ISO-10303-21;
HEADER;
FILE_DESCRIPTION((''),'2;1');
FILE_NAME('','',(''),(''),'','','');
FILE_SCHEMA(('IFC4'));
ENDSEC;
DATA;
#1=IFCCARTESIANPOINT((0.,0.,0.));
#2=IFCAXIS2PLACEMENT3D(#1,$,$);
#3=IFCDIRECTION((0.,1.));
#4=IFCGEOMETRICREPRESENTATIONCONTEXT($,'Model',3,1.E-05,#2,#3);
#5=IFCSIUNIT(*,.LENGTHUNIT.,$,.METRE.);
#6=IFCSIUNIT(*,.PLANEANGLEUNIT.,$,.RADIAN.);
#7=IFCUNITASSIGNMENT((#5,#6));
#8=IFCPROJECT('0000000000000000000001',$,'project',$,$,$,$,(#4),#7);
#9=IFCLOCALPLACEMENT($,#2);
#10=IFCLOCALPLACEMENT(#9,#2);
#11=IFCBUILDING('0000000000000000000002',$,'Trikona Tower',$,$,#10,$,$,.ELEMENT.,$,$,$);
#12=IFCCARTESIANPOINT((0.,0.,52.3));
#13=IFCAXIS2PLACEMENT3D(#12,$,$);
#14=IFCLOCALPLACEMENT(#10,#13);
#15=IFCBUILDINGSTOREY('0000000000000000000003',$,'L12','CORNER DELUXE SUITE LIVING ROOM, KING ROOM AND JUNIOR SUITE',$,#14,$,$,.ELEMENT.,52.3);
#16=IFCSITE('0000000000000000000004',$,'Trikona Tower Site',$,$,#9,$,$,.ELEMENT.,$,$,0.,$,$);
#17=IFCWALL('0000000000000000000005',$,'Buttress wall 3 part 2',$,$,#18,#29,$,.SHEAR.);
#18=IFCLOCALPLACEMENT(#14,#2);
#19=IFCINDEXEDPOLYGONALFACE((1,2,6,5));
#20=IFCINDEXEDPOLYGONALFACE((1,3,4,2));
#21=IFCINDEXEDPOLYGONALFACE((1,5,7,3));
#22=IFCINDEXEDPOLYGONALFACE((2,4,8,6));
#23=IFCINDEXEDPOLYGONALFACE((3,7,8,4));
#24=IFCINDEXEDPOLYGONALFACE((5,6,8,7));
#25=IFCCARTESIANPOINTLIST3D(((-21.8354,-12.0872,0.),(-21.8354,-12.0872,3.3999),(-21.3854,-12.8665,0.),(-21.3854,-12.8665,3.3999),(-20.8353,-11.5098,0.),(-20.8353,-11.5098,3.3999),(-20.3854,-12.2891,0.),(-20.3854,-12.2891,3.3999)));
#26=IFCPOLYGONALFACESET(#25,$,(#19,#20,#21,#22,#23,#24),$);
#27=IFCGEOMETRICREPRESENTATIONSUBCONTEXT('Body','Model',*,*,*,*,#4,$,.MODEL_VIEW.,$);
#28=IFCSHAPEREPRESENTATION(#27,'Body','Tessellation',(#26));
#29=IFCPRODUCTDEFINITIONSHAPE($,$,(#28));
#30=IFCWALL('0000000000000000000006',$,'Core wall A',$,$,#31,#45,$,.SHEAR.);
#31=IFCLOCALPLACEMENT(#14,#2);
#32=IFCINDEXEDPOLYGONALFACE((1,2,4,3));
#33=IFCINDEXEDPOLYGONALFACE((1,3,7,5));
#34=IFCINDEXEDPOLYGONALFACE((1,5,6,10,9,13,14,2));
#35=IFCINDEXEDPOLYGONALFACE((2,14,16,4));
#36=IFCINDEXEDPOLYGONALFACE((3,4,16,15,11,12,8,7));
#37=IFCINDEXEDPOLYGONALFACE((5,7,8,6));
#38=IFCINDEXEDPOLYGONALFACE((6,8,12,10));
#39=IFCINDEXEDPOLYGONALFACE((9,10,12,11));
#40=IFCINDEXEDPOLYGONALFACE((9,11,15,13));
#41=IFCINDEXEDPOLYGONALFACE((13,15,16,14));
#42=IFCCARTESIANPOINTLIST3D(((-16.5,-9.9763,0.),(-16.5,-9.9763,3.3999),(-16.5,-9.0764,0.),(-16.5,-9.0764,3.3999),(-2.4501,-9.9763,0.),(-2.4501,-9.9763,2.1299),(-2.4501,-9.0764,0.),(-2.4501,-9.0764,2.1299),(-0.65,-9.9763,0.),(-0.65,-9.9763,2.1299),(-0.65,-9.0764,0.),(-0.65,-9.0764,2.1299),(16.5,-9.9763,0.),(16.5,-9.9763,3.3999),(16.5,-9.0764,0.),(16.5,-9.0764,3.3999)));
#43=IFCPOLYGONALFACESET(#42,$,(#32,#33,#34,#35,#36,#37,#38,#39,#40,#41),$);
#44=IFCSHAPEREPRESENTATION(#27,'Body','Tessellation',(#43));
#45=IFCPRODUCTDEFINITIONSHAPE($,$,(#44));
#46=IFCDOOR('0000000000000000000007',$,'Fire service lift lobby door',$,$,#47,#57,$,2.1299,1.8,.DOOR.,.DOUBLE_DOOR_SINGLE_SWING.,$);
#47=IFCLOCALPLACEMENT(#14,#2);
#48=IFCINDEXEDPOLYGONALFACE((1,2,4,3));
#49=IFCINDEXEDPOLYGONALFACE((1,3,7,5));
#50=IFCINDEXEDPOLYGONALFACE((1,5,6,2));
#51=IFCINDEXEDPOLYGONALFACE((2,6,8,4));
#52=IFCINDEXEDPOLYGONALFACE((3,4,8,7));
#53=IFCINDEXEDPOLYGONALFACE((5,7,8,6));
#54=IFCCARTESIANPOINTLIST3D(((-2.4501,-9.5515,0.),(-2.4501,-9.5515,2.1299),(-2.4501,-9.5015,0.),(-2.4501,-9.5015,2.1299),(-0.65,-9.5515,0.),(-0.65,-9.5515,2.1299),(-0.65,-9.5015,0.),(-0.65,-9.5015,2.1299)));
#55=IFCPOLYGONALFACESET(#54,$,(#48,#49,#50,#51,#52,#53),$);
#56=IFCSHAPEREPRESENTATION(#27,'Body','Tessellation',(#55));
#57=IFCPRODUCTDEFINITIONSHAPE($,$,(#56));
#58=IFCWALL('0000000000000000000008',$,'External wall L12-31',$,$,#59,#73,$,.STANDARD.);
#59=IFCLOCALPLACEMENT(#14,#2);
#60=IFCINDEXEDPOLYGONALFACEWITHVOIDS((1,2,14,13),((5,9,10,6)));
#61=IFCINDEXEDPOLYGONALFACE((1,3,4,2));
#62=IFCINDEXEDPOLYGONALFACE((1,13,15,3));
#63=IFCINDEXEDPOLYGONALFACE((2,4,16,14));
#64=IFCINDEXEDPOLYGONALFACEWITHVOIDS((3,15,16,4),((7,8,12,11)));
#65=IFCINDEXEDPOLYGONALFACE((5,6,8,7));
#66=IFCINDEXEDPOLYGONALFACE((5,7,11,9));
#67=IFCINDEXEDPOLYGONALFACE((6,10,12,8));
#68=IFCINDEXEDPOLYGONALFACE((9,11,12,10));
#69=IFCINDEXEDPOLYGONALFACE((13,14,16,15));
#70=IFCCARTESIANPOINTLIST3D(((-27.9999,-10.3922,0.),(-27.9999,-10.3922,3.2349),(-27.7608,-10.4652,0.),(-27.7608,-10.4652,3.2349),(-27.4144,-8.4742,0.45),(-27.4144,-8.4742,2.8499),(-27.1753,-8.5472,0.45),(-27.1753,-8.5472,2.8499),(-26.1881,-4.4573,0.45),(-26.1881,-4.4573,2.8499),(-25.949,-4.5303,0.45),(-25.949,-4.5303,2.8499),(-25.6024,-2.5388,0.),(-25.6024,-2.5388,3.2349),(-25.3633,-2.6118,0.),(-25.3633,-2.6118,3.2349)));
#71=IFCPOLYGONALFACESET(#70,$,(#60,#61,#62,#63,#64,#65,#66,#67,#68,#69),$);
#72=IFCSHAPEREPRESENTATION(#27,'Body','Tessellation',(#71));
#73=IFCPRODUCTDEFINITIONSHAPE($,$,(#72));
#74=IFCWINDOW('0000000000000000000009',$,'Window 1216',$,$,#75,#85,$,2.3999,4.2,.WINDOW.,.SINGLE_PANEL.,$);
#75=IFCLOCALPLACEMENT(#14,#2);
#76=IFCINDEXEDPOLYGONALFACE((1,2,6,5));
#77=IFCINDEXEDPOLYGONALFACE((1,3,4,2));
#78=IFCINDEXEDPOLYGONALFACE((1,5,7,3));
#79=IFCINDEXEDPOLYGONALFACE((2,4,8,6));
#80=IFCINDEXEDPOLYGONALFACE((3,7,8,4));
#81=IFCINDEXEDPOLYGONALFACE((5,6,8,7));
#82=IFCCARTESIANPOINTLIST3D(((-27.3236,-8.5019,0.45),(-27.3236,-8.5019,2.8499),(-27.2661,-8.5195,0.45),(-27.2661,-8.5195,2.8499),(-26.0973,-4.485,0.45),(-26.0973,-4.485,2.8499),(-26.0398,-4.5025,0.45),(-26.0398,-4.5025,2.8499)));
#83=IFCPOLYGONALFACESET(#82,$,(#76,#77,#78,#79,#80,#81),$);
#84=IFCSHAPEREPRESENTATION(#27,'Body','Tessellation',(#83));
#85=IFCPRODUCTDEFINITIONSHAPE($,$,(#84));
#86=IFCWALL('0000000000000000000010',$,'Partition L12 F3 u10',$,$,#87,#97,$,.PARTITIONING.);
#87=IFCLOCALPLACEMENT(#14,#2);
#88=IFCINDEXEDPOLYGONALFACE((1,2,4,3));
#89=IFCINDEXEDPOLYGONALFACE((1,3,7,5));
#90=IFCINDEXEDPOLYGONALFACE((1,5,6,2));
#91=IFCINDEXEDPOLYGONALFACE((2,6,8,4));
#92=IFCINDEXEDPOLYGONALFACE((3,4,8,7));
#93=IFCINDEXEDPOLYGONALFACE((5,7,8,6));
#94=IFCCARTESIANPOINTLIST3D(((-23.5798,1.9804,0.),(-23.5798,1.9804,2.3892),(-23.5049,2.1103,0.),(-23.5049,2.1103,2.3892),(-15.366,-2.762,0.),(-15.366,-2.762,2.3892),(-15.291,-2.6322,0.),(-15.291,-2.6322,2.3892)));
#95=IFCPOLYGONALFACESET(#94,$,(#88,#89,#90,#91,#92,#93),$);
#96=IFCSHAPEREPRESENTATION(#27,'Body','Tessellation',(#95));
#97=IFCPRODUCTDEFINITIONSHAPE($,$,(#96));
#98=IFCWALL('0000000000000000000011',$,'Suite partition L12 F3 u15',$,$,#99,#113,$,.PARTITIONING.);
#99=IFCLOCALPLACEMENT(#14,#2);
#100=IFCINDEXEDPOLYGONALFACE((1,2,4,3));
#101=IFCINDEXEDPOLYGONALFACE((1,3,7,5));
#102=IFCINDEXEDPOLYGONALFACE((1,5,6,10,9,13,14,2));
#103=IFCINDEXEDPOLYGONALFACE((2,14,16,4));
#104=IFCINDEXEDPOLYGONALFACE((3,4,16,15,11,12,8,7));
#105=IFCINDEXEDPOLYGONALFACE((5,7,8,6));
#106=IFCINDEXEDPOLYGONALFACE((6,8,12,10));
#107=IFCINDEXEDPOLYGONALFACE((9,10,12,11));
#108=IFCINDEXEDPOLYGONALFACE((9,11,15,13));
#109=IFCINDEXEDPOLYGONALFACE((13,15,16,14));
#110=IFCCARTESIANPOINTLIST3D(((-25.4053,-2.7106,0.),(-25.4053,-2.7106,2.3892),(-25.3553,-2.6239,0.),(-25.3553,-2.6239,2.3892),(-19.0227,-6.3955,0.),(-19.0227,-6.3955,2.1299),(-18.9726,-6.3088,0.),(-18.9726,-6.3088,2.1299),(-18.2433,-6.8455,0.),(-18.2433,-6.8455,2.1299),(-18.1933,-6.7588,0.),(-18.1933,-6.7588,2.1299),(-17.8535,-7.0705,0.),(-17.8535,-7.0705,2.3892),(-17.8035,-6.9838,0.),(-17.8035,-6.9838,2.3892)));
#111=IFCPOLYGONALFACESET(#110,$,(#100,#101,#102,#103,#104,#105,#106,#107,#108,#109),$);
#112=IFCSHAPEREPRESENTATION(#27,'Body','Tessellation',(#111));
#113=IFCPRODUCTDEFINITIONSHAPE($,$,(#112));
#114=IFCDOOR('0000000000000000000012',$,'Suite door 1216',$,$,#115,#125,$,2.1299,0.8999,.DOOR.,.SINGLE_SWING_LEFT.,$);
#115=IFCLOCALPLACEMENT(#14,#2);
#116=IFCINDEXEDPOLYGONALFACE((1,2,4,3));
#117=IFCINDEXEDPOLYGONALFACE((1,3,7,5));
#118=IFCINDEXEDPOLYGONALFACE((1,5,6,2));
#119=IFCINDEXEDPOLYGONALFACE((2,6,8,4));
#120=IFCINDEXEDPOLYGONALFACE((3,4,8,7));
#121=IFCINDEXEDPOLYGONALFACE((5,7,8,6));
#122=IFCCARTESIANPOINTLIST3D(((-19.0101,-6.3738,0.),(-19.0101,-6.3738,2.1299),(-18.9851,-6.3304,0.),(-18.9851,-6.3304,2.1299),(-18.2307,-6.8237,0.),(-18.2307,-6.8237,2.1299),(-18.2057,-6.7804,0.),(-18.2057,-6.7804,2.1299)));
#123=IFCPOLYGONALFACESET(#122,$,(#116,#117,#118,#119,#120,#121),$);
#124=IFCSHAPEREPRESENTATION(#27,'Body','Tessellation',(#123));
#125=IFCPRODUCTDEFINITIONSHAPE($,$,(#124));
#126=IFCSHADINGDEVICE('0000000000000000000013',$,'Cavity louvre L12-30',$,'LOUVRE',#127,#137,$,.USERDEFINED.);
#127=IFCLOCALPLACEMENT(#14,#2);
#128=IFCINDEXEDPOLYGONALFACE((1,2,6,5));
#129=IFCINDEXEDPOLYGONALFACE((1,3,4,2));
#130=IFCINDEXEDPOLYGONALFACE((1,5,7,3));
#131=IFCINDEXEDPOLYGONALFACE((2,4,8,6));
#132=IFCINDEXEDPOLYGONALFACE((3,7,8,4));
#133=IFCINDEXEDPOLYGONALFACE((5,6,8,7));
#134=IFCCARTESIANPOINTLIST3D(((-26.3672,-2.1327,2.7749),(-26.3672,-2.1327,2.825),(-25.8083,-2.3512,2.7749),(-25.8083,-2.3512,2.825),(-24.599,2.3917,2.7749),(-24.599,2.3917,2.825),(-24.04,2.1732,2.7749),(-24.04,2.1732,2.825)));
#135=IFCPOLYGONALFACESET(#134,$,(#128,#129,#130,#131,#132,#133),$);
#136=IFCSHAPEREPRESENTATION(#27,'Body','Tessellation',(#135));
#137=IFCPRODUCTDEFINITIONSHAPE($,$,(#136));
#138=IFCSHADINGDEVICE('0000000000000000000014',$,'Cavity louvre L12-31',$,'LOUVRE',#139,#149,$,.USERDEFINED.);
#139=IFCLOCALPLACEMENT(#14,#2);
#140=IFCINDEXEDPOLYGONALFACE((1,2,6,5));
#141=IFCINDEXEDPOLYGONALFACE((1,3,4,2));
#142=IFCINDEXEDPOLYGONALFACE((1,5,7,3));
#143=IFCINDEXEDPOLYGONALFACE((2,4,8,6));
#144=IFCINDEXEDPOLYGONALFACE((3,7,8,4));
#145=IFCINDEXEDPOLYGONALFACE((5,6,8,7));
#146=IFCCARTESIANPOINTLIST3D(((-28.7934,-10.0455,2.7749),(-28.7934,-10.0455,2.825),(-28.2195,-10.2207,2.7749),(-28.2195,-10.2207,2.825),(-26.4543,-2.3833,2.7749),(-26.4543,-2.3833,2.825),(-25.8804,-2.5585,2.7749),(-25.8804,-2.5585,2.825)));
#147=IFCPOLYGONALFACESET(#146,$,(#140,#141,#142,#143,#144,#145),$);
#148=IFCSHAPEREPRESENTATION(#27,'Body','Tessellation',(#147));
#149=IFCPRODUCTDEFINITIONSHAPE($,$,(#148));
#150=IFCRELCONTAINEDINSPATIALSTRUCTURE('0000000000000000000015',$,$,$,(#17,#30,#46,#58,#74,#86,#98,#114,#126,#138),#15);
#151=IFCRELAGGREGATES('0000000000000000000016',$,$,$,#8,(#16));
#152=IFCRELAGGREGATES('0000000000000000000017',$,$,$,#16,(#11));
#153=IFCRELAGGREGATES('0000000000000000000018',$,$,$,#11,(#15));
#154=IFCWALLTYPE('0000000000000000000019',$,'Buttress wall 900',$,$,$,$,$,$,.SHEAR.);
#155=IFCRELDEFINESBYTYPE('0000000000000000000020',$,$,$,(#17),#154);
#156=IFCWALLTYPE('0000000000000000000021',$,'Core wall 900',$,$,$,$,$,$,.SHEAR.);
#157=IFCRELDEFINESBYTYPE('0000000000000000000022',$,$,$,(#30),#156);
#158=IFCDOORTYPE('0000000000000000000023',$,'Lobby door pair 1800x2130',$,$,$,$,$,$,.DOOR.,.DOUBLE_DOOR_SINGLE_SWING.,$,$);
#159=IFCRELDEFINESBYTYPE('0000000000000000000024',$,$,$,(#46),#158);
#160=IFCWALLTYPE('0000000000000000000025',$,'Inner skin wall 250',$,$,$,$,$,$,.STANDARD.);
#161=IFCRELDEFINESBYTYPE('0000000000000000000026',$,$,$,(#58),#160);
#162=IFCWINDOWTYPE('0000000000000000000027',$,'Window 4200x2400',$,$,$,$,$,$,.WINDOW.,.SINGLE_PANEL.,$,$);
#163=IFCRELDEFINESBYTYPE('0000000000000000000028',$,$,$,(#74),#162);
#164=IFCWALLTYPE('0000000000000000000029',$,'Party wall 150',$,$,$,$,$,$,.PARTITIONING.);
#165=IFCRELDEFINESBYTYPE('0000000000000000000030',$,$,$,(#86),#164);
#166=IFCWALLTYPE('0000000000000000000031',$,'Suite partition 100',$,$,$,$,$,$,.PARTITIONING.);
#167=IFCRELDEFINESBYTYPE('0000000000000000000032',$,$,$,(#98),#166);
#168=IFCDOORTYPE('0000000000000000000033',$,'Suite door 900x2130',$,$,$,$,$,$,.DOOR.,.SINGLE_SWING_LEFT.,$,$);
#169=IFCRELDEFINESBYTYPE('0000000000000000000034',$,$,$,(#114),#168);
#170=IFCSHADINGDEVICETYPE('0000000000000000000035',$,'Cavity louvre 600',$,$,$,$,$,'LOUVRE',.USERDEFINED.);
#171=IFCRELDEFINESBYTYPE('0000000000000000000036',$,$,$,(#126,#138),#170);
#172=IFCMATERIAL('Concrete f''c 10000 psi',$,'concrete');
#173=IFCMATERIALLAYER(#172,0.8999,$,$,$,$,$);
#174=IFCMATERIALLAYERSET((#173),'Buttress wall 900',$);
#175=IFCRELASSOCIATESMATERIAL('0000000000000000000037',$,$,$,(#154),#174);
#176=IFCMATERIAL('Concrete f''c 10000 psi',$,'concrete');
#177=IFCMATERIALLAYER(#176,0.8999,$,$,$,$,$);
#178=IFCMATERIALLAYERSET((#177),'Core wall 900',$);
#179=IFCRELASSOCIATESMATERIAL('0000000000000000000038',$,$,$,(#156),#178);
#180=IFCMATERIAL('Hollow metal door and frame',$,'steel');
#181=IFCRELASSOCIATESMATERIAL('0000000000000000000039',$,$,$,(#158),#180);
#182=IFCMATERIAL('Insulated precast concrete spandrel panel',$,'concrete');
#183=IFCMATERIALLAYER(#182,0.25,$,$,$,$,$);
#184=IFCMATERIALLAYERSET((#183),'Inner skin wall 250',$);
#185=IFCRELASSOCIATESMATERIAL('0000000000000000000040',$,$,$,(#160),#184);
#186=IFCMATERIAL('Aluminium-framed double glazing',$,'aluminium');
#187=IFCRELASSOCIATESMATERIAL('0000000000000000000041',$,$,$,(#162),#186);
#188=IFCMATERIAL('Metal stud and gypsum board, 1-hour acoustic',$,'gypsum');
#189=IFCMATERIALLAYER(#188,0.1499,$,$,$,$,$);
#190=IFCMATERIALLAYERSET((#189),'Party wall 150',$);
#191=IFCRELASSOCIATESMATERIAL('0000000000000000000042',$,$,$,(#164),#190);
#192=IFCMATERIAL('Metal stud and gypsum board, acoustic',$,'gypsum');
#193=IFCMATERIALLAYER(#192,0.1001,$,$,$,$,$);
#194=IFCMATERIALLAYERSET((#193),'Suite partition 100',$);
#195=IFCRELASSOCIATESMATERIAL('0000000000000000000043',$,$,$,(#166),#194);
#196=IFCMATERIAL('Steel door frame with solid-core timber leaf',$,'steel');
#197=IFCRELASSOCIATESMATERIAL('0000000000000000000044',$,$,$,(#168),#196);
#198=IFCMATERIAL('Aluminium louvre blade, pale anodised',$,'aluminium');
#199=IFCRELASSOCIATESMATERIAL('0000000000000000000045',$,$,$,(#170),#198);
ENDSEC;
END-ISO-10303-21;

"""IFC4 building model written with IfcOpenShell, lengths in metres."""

from ifc_helpers import new_model, si_unit, direction, frame, frame_2d, origin, origin_2d, place, context, subcontext, project, spatial, rectangle, extrude, material, layer, layer_set, type_object, element, fill, save


model = new_model("IFC4")

# Units and contexts
model_context = context("Model", 3, precision=1e-05, world=origin(), true_north=direction((0.0, 1.0)))
body_context = subcontext(model_context, "Body", "Model", "MODEL_VIEW")
ifc_project = project(units=[si_unit("LENGTHUNIT", "METRE"), si_unit("PLANEANGLEUNIT", "RADIAN")], contexts=[model_context])

# Site, building, storey
site_placement = place(None, origin())
site = spatial("IfcSite", under=ifc_project, at=site_placement, Name="Trikona Tower Site", CompositionType="ELEMENT", RefElevation=0.0)
building_placement = place(site_placement, origin())
building = spatial("IfcBuilding", under=site, at=building_placement, Name="Trikona Tower", CompositionType="ELEMENT")
storey_placement = place(building_placement, frame((0.0, 0.0, 52.3)))
storey = spatial("IfcBuildingStorey", under=building, at=storey_placement, Name="L12", Description="CORNER DELUXE SUITE LIVING ROOM, KING ROOM AND JUNIOR SUITE", CompositionType="ELEMENT", Elevation=52.3)

# Shared definitions
ifc_material_1 = material(Name="Concrete f'c 10000 psi", Category="concrete")
ifc_layer_1 = layer(ifc_material_1, 0.8999)
ifc_layer_set_1 = layer_set([ifc_layer_1], Name="Buttress wall 900")
wall_type_1 = type_object("IfcWallType", Name="Buttress wall 900", PredefinedType="SHEAR", material=ifc_layer_set_1)

# Wall
wall_1_placement = place(storey_placement, frame((-20.6104, -11.8994, 0.0), z_axis=(0.0, 0.0, 1.0), x_axis=(-0.86601, -0.500027, 0.0)))
element("IfcWall", 1, at=wall_1_placement, inside=storey, type_object=wall_type_1, Name="Buttress wall 3 part 2", PredefinedType="SHEAR", context=body_context, shape_type="SweptSolid", body=[
    extrude(rectangle(XDim=1.1548, YDim=0.8999, at=frame_2d((0.5774, 0.0))), origin(), (0.0, 0.0, 1.0), 3.3999),
])

# Wall, opening, door
ifc_material_2 = material(Name="Concrete f'c 10000 psi", Category="concrete")
ifc_layer_2 = layer(ifc_material_2, 0.8999)
ifc_layer_set_2 = layer_set([ifc_layer_2], Name="Core wall 900")
wall_type_2 = type_object("IfcWallType", Name="Core wall 900", PredefinedType="SHEAR", material=ifc_layer_set_2)
wall_2_placement = place(storey_placement, frame((-16.5, -9.5264, 0.0), z_axis=(0.0, 0.0, 1.0), x_axis=(1.0, 0.0, 0.0)))
wall_2 = element("IfcWall", 2, at=wall_2_placement, inside=storey, type_object=wall_type_2, Name="Core wall A", PredefinedType="SHEAR", context=body_context, shape_type="SweptSolid", body=[
    extrude(rectangle(XDim=33.0, YDim=0.8999, at=frame_2d((16.5, 0.0))), origin(), (0.0, 0.0, 1.0), 3.3999),
])
opening_1_placement = place(wall_2_placement, frame((14.05, 0.0, 0.0)))
opening_1 = element("IfcOpeningElement", 3, at=opening_1_placement, cuts=wall_2, PredefinedType="OPENING", context=body_context, shape_type="SweptSolid", body=[
    extrude(rectangle(XDim=1.8, YDim=2.1299, at=frame_2d((0.8999, 1.0649))), frame((0.0, 0.46, 0.0), z_axis=(0.0, -1.0, 0.0), x_axis=(1.0, 0.0, 0.0)), (0.0, 0.0, 1.0), 0.9199),
])
ifc_material_3 = material(Name="Hollow metal door and frame", Category="steel")
door_type_1 = type_object("IfcDoorType", Name="Lobby door pair 1800x2130", OperationType="DOUBLE_DOOR_SINGLE_SWING", PredefinedType="DOOR", material=ifc_material_3)
door_1_placement = place(opening_1_placement, origin())
door_1 = element("IfcDoor", 4, at=door_1_placement, inside=storey, type_object=door_type_1, Name="Fire service lift lobby door", OperationType="DOUBLE_DOOR_SINGLE_SWING", OverallHeight=2.1299, OverallWidth=1.8, PredefinedType="DOOR", context=body_context, shape_type="SweptSolid", body=[
    extrude(rectangle(XDim=1.8, YDim=2.1299, at=frame_2d((0.8999, 1.0649))), frame((0.0, 0.0249, 0.0), z_axis=(0.0, -1.0, 0.0), x_axis=(1.0, 0.0, 0.0)), (0.0, 0.0, 1.0), 0.05),
])
fill(opening_1, door_1)

# Wall, opening, window
ifc_material_4 = material(Name="Insulated precast concrete spandrel panel", Category="concrete")
ifc_layer_3 = layer(ifc_material_4, 0.25)
ifc_layer_set_3 = layer_set([ifc_layer_3], Name="Inner skin wall 250")
wall_type_3 = type_object("IfcWallType", Name="Inner skin wall 250", PredefinedType="STANDARD", material=ifc_layer_set_3)
wall_3_placement = place(storey_placement, frame((-25.4829, -2.5754, 0.0), z_axis=(0.0, 0.0, 1.0), x_axis=(-0.291979, -0.956425, 0.0)))
wall_3 = element("IfcWall", 5, at=wall_3_placement, inside=storey, type_object=wall_type_3, Name="External wall L12-31", PredefinedType="STANDARD", context=body_context, shape_type="SweptSolid", body=[
    extrude(rectangle(XDim=8.2112, YDim=0.25, at=frame_2d((4.1055, 0.0))), origin(), (0.0, 0.0, 1.0), 3.2349),
])
opening_2_placement = place(wall_3_placement, frame((2.0056, 0.0, 0.45)))
opening_2 = element("IfcOpeningElement", 6, at=opening_2_placement, cuts=wall_3, PredefinedType="OPENING", context=body_context, shape_type="SweptSolid", body=[
    extrude(rectangle(XDim=4.2, YDim=2.3999, at=frame_2d((2.1001, 1.2))), frame((0.0, 0.135, 0.0), z_axis=(0.0, -1.0, 0.0), x_axis=(1.0, 0.0, 0.0)), (0.0, 0.0, 1.0), 0.27),
])
ifc_material_5 = material(Name="Aluminium-framed double glazing", Category="aluminium")
window_type_1 = type_object("IfcWindowType", Name="Window 4200x2400", PartitioningType="SINGLE_PANEL", PredefinedType="WINDOW", material=ifc_material_5)
window_1_placement = place(opening_2_placement, origin())
window_1 = element("IfcWindow", 7, at=window_1_placement, inside=storey, type_object=window_type_1, Name="Window 1216", OverallHeight=2.3999, OverallWidth=4.2, PartitioningType="SINGLE_PANEL", PredefinedType="WINDOW", context=body_context, shape_type="SweptSolid", body=[
    extrude(rectangle(XDim=4.2, YDim=2.3999, at=frame_2d((2.1001, 1.2))), frame((0.0, 0.03, 0.0), z_axis=(0.0, -1.0, 0.0), x_axis=(1.0, 0.0, 0.0)), (0.0, 0.0, 1.0), 0.0601),
])
fill(opening_2, window_1)

# Wall
ifc_material_6 = material(Name="Metal stud and gypsum board, 1-hour acoustic", Category="gypsum")
ifc_layer_4 = layer(ifc_material_6, 0.1499)
ifc_layer_set_4 = layer_set([ifc_layer_4], Name="Party wall 150")
wall_type_4 = type_object("IfcWallType", Name="Party wall 150", PredefinedType="PARTITIONING", material=ifc_layer_set_4)
wall_4_placement = place(storey_placement, frame((-15.3286, -2.697, 0.0), z_axis=(0.0, 0.0, 1.0), x_axis=(-0.866018, 0.500012, 0.0)))
element("IfcWall", 8, at=wall_4_placement, inside=storey, type_object=wall_type_4, Name="Partition L12 F3 u10", PredefinedType="PARTITIONING", context=body_context, shape_type="SweptSolid", body=[
    extrude(rectangle(XDim=9.4846, YDim=0.1499, at=frame_2d((4.7422, 0.0))), origin(), (0.0, 0.0, 1.0), 2.3892),
])

# Wall, opening, door
ifc_material_7 = material(Name="Metal stud and gypsum board, acoustic", Category="gypsum")
ifc_layer_5 = layer(ifc_material_7, 0.1001)
ifc_layer_set_5 = layer_set([ifc_layer_5], Name="Suite partition 100")
wall_type_5 = type_object("IfcWallType", Name="Suite partition 100", PredefinedType="PARTITIONING", material=ifc_layer_set_5)
wall_5_placement = place(storey_placement, frame((-17.8286, -7.0271, 0.0), z_axis=(0.0, 0.0, 1.0), x_axis=(-0.866033, 0.499987, 0.0)))
wall_5 = element("IfcWall", 9, at=wall_5_placement, inside=storey, type_object=wall_type_5, Name="Suite partition L12 F3 u15", PredefinedType="PARTITIONING", context=body_context, shape_type="SweptSolid", body=[
    extrude(rectangle(XDim=8.72, YDim=0.1001, at=frame_2d((4.3599, 0.0))), origin(), (0.0, 0.0, 1.0), 2.3892),
])
opening_3_placement = place(wall_5_placement, frame((0.45, 0.0, 0.0)))
opening_3 = element("IfcOpeningElement", 10, at=opening_3_placement, cuts=wall_5, PredefinedType="OPENING", context=body_context, shape_type="SweptSolid", body=[
    extrude(rectangle(XDim=0.8999, YDim=2.1299, at=frame_2d((0.45, 1.0649))), frame((0.0, 0.0601, 0.0), z_axis=(0.0, -1.0, 0.0), x_axis=(1.0, 0.0, 0.0)), (0.0, 0.0, 1.0), 0.1201),
])
ifc_material_8 = material(Name="Steel door frame with solid-core timber leaf", Category="steel")
door_type_2 = type_object("IfcDoorType", Name="Suite door 900x2130", OperationType="SINGLE_SWING_LEFT", PredefinedType="DOOR", material=ifc_material_8)
door_2_placement = place(opening_3_placement, origin())
door_2 = element("IfcDoor", 11, at=door_2_placement, inside=storey, type_object=door_type_2, Name="Suite door 1216", OperationType="SINGLE_SWING_LEFT", OverallHeight=2.1299, OverallWidth=0.8999, PredefinedType="DOOR", context=body_context, shape_type="SweptSolid", body=[
    extrude(rectangle(XDim=0.8999, YDim=2.1299, at=frame_2d((0.45, 1.0649))), frame((0.0, 0.0249, 0.0), z_axis=(0.0, -1.0, 0.0), x_axis=(1.0, 0.0, 0.0)), (0.0, 0.0, 1.0), 0.05),
])
fill(opening_3, door_2)

# Shading devices
ifc_material_9 = material(Name="Aluminium louvre blade, pale anodised", Category="aluminium")
shading_device_type = type_object("IfcShadingDeviceType", Name="Cavity louvre 600", ElementType="LOUVRE", PredefinedType="USERDEFINED", material=ifc_material_9)
shading_device_1_placement = place(storey_placement, frame((-25.2036, 0.0203, 2.7749), z_axis=(0.0, 0.0, 1.0), x_axis=(-0.364009, -0.931395, 0.0)))
element("IfcShadingDevice", 12, at=shading_device_1_placement, inside=storey, type_object=shading_device_type, Name="Cavity louvre L12-30", ObjectType="LOUVRE", PredefinedType="USERDEFINED", context=body_context, shape_type="SweptSolid", body=[
    extrude(rectangle(XDim=4.8577, YDim=0.6001, at=origin_2d()), origin(), (0.0, 0.0, 1.0), 0.05),
])
shading_device_2_placement = place(storey_placement, frame((-27.3369, -6.302, 2.7749), z_axis=(0.0, 0.0, 1.0), x_axis=(-0.291979, -0.956425, 0.0)))
element("IfcShadingDevice", 13, at=shading_device_2_placement, inside=storey, type_object=shading_device_type, Name="Cavity louvre L12-31", ObjectType="LOUVRE", PredefinedType="USERDEFINED", context=body_context, shape_type="SweptSolid", body=[
    extrude(rectangle(XDim=8.0112, YDim=0.6001, at=origin_2d()), origin(), (0.0, 0.0, 1.0), 0.05),
])

save(model, "model.ifc")
